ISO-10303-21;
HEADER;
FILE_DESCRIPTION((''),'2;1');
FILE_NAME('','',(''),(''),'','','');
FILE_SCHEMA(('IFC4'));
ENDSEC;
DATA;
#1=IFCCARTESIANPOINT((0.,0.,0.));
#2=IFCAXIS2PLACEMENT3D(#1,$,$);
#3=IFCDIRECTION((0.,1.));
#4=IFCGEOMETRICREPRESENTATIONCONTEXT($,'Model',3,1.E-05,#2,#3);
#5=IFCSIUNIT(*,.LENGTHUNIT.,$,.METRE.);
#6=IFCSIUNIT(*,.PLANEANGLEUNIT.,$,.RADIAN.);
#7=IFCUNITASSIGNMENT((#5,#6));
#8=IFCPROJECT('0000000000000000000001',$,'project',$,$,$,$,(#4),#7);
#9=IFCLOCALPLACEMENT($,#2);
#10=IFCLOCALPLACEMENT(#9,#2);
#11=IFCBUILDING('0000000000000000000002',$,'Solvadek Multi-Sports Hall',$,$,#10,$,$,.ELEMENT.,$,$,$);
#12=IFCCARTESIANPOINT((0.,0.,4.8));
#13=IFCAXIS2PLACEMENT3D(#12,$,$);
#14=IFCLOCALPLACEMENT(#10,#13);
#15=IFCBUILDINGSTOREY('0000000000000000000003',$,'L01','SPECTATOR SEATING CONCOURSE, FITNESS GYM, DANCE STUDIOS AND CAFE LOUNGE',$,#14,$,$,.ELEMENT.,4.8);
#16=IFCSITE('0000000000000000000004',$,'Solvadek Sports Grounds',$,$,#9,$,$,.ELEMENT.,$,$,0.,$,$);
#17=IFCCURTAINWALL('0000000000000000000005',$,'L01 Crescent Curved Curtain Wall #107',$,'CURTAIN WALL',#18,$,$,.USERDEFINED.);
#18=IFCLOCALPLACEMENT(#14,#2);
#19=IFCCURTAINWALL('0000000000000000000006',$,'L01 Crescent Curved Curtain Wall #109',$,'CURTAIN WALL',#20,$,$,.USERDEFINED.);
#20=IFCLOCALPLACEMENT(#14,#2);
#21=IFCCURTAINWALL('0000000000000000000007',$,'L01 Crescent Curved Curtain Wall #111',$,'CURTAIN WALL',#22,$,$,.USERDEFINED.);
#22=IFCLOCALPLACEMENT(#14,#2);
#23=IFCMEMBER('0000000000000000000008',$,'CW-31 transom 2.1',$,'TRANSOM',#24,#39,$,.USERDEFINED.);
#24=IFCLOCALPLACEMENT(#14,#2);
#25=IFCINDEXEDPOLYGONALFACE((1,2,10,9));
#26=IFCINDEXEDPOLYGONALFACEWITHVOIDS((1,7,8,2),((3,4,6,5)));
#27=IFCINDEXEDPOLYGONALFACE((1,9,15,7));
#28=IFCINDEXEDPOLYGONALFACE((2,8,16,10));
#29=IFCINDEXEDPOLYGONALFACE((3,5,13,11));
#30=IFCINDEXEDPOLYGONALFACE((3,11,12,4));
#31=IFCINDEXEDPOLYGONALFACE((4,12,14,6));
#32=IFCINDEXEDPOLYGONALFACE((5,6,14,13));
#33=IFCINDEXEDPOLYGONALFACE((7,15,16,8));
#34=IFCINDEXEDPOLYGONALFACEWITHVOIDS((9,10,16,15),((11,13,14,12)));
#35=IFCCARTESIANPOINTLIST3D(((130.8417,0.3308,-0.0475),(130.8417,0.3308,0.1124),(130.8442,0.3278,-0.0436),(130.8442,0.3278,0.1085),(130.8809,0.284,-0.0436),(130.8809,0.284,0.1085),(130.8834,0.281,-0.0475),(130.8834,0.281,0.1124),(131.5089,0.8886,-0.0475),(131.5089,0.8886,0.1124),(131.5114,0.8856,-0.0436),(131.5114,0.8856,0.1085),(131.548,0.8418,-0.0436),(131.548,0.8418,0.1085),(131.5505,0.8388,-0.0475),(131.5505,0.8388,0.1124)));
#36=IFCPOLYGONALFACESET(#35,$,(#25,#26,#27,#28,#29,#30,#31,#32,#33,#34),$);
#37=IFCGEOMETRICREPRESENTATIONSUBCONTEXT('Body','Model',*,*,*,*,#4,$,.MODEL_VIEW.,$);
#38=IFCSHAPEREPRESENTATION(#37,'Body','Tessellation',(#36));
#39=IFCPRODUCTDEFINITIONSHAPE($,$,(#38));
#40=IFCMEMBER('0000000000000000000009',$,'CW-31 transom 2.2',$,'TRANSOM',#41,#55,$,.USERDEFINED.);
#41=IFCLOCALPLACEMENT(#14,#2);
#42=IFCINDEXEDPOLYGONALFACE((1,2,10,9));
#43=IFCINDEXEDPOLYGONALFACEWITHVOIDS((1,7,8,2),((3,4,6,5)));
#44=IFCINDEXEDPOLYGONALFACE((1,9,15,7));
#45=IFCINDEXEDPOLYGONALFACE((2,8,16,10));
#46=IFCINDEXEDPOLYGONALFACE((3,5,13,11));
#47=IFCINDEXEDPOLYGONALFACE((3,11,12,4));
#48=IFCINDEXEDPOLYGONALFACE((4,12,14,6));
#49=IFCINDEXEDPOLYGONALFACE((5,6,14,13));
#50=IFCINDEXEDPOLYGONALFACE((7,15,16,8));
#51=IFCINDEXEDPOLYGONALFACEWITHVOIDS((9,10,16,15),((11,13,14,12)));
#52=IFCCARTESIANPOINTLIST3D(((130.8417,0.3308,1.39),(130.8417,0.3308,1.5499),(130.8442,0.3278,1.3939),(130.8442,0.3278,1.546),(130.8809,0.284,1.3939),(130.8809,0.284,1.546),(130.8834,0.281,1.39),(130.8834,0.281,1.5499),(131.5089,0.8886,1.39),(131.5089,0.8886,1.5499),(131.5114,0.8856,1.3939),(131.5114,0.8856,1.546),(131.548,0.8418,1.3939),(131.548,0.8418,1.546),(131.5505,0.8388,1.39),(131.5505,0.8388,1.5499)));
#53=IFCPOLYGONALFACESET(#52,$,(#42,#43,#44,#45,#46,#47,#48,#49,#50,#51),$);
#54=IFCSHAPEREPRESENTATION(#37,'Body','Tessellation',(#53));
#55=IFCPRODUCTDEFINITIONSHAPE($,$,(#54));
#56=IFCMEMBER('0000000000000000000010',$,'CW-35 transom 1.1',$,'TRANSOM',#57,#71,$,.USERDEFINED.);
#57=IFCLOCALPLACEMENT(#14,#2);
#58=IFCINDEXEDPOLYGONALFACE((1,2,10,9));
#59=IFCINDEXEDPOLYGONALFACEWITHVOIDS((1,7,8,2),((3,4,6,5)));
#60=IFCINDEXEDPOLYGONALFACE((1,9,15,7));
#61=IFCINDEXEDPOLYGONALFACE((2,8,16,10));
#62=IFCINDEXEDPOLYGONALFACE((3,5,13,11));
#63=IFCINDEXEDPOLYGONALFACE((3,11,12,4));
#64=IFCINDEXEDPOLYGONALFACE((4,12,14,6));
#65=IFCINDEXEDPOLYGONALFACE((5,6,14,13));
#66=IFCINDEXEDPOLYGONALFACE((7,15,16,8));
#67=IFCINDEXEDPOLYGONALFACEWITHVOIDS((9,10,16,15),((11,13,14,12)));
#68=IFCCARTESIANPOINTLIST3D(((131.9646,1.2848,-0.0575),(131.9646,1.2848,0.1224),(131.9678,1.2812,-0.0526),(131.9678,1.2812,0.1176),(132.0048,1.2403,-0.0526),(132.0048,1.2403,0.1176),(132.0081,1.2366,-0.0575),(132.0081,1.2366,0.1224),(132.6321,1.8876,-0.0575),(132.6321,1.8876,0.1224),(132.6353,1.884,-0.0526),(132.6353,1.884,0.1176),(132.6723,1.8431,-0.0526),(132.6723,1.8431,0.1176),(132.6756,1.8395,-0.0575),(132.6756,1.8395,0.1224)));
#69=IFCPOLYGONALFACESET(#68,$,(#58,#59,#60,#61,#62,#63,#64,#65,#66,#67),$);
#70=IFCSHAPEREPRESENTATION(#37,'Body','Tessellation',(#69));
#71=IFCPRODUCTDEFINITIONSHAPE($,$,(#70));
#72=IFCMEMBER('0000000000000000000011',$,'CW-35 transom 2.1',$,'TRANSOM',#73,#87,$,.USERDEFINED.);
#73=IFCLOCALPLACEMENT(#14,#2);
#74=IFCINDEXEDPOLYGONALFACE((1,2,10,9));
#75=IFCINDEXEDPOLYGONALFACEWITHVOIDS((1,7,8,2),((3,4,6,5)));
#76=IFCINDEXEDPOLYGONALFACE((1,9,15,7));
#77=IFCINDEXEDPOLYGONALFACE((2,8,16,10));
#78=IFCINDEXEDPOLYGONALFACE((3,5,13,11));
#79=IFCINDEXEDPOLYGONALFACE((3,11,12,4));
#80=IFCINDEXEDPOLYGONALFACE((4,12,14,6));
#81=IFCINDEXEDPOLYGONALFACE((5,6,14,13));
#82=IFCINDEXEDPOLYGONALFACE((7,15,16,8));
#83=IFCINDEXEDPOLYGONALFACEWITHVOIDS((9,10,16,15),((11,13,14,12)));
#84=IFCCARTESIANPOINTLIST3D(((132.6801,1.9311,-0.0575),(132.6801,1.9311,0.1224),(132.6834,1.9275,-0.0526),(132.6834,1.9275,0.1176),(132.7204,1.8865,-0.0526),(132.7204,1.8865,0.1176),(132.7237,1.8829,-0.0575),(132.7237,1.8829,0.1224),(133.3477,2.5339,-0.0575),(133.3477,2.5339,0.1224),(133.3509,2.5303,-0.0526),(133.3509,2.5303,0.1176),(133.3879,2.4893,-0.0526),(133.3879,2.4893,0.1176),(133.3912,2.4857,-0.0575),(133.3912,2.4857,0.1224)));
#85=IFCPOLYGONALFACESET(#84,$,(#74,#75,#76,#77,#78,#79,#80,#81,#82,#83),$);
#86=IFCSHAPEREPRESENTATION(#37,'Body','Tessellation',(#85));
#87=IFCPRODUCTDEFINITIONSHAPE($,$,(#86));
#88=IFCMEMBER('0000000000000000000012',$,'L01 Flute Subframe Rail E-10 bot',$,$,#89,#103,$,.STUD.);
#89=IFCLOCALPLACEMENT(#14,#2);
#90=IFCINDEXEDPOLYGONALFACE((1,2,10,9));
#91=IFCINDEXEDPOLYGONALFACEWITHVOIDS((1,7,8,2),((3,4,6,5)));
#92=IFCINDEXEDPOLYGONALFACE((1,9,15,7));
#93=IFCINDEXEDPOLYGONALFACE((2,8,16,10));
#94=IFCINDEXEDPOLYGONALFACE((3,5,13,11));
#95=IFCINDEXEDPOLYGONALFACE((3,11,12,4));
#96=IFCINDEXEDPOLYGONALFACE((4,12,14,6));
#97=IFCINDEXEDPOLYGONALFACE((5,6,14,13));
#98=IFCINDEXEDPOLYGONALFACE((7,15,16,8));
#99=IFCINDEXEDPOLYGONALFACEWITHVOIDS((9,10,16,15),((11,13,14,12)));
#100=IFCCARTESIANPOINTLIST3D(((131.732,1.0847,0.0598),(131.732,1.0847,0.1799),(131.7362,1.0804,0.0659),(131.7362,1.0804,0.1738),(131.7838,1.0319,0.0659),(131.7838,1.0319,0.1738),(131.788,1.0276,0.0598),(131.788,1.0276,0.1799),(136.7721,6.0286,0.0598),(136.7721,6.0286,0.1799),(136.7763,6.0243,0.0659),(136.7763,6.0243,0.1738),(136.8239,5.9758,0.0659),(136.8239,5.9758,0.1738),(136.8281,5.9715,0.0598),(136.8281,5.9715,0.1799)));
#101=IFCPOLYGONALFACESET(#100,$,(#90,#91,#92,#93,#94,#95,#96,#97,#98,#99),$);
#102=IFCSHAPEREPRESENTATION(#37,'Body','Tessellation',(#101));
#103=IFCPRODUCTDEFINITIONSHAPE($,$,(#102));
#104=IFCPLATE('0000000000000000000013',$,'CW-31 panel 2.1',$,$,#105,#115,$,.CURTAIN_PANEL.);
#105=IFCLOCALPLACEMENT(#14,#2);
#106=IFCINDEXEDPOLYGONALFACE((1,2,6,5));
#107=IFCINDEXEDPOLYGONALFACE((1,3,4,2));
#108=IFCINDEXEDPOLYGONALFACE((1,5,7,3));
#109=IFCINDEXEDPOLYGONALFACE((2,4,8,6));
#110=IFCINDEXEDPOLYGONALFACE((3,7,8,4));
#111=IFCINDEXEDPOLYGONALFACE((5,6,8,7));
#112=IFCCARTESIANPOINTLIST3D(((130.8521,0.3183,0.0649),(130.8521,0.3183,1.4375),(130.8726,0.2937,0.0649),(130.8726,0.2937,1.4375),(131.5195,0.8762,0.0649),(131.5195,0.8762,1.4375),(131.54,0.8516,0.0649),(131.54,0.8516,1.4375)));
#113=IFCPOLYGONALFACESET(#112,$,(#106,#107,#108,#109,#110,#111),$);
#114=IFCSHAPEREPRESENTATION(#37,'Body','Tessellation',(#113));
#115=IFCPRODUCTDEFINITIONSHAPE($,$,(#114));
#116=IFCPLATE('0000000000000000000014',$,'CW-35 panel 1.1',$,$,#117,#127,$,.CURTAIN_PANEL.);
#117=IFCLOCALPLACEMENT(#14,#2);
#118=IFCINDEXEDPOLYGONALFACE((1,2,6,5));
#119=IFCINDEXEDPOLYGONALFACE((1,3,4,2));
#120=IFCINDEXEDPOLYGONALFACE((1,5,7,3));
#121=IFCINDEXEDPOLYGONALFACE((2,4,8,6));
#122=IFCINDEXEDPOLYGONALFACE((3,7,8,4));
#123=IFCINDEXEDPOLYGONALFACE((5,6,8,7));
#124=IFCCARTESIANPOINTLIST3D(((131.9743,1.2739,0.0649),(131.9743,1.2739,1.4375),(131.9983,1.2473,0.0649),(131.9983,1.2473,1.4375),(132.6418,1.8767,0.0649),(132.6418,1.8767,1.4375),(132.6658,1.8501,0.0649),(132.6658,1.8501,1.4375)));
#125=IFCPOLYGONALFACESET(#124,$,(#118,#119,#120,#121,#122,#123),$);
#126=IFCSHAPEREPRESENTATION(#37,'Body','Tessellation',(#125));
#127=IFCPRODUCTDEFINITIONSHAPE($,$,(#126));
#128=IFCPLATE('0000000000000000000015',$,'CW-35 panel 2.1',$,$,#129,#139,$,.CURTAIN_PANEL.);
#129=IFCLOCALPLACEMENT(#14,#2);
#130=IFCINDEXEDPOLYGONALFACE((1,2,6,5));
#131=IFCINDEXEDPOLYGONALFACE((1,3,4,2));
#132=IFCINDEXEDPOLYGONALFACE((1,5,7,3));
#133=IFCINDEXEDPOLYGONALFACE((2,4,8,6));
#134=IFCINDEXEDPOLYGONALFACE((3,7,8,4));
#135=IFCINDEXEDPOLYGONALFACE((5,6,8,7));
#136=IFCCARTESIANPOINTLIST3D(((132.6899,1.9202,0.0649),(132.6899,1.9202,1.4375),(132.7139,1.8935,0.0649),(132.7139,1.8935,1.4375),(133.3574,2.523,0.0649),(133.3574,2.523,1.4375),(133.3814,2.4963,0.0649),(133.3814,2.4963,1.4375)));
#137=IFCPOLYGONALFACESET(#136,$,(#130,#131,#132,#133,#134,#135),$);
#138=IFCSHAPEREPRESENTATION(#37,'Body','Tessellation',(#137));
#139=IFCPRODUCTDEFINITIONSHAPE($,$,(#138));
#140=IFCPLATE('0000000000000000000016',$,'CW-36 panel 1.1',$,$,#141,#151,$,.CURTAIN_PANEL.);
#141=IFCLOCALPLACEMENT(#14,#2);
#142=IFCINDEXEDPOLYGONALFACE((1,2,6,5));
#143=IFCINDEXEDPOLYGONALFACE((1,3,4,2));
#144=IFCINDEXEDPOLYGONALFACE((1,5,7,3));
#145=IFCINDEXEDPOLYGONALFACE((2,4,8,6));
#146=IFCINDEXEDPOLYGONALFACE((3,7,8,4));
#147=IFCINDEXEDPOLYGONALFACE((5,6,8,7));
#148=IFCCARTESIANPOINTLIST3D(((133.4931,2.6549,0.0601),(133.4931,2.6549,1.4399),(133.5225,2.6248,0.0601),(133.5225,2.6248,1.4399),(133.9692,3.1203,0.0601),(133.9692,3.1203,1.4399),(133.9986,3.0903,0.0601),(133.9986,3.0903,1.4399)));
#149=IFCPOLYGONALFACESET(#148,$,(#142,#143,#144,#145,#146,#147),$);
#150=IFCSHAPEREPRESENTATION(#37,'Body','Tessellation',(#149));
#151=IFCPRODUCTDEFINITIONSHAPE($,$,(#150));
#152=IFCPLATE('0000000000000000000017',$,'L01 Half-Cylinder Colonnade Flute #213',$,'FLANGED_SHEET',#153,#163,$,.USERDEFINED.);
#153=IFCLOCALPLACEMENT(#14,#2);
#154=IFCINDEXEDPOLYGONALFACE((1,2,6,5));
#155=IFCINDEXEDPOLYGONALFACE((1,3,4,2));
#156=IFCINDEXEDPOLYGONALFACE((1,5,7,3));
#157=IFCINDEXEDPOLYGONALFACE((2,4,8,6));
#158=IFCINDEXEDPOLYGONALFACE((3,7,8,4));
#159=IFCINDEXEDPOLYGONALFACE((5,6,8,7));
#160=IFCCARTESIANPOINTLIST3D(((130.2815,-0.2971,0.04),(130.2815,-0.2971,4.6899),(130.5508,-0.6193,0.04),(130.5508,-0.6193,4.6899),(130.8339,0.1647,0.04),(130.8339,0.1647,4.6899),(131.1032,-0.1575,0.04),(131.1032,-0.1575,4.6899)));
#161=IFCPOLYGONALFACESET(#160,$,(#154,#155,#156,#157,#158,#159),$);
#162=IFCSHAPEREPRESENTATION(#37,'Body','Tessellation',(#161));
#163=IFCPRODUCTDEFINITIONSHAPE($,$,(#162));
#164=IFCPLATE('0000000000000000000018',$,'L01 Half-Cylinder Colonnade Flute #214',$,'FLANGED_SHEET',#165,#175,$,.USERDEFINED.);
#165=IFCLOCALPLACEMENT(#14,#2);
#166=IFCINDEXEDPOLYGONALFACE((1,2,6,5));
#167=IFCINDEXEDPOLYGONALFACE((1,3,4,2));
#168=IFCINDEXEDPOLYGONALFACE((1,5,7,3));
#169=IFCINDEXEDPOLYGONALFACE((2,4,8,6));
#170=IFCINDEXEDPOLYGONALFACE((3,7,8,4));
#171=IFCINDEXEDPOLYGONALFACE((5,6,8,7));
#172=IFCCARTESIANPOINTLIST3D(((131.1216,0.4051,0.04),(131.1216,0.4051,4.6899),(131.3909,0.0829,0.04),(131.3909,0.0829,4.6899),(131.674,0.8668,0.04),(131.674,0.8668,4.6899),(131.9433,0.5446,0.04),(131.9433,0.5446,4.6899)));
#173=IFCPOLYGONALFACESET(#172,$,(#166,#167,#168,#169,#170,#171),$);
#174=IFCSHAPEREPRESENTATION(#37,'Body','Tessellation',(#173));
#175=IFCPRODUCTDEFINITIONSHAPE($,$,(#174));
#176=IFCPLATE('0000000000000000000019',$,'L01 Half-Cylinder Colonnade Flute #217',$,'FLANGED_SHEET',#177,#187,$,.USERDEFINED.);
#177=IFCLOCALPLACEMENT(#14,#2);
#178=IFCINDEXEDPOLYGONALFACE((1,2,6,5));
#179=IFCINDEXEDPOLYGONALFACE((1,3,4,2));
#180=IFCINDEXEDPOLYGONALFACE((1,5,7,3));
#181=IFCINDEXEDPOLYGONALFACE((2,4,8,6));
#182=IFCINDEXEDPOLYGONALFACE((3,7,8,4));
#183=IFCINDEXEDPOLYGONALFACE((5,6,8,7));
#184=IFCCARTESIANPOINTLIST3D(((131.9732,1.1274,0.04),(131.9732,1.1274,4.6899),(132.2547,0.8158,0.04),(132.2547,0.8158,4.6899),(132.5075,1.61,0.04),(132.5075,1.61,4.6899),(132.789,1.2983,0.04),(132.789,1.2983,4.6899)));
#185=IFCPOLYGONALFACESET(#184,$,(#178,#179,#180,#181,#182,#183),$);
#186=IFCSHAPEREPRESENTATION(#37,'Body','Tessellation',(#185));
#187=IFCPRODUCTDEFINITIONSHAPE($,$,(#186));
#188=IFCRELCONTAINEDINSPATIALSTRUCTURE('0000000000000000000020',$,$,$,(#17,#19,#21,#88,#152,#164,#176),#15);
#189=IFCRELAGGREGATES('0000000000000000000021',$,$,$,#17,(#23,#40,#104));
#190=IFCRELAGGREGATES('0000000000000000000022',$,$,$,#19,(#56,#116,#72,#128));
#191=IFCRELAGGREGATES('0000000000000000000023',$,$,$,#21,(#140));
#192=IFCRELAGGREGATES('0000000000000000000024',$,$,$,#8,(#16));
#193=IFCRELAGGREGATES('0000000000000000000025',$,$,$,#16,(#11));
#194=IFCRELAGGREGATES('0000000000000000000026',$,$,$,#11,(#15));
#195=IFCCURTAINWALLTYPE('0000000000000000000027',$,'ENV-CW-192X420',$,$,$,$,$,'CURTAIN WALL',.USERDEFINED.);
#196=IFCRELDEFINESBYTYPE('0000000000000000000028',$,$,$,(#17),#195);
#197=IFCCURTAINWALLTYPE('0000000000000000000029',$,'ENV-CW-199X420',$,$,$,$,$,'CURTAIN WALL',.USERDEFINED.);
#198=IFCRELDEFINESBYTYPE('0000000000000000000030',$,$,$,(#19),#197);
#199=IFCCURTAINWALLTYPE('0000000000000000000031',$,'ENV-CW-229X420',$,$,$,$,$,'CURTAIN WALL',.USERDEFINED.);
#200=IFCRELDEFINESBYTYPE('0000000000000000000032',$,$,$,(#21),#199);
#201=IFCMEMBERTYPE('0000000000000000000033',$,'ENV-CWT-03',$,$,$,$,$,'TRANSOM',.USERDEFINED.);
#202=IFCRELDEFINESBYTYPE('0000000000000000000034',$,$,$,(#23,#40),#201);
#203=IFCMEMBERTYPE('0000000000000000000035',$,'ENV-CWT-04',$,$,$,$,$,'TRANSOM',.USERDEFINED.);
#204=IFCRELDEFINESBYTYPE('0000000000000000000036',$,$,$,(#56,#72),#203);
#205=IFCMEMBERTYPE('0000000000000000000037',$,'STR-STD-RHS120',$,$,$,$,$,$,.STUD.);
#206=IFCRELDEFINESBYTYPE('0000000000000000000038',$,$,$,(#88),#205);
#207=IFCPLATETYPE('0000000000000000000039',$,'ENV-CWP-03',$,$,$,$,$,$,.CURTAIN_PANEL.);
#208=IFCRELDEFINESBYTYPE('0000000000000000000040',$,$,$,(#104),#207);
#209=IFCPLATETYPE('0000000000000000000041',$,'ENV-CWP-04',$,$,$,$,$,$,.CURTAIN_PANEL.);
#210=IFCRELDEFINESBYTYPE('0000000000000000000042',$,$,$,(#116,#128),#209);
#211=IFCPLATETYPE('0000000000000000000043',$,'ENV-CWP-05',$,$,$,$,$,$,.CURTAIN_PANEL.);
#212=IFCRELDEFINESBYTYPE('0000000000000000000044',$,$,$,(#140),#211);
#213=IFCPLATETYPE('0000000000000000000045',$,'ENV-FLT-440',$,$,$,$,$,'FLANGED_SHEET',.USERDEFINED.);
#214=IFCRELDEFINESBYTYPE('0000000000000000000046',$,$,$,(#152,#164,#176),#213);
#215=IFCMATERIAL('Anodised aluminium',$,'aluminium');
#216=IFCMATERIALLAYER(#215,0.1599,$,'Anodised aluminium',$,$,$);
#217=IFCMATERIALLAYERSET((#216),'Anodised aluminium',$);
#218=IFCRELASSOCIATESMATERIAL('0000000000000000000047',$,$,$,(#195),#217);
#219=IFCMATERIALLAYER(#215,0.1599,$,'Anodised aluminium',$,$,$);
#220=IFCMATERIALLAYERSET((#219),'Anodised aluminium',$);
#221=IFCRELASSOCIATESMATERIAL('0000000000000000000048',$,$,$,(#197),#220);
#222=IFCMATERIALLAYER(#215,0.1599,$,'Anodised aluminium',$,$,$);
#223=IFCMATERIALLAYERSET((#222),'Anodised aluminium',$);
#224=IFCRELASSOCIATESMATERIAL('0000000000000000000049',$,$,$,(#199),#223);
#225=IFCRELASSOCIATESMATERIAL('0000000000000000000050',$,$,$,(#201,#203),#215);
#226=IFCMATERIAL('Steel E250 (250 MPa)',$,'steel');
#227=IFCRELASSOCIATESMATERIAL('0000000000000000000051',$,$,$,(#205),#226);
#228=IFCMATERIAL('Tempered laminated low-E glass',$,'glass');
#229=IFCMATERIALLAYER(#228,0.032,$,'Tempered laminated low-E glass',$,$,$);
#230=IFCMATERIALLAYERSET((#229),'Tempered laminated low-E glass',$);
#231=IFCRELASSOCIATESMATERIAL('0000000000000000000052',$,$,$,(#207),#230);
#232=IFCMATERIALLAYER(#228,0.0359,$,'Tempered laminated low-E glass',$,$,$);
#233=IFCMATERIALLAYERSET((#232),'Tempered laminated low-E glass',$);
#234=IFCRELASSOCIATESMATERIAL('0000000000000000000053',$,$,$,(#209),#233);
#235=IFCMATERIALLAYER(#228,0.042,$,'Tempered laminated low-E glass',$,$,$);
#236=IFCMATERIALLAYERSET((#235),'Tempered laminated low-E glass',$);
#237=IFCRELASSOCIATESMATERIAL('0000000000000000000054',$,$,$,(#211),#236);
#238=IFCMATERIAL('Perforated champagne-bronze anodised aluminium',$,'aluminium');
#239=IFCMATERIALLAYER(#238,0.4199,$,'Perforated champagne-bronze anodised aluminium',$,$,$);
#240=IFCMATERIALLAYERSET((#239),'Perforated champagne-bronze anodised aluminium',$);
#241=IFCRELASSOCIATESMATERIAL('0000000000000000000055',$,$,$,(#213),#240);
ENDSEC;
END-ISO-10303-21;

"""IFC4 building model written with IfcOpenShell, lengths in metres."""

from ifc_helpers import new_model, si_unit, direction, frame, origin, origin_2d, place, context, subcontext, project, spatial, rectangle, hollow_rectangle, extrude, material, layer, layer_set, material_profile, profile_set, type_object, element, aggregate, save


model = new_model("IFC4")

# Units and contexts
model_context = context("Model", 3, precision=1e-05, world=origin(), true_north=direction((0.0, 1.0)))
body_context = subcontext(model_context, "Body", "Model", "MODEL_VIEW")
ifc_project = project(units=[si_unit("LENGTHUNIT", "METRE"), si_unit("PLANEANGLEUNIT", "RADIAN")], contexts=[model_context])

# Site, building, storey
site_placement = place(None, origin())
site = spatial("IfcSite", under=ifc_project, at=site_placement, Name="Solvadek Sports Grounds", CompositionType="ELEMENT", RefElevation=0.0)
building_placement = place(site_placement, origin())
building = spatial("IfcBuilding", under=site, at=building_placement, Name="Solvadek Multi-Sports Hall", CompositionType="ELEMENT")
storey_placement = place(building_placement, frame((0.0, 0.0, 4.8)))
storey = spatial("IfcBuildingStorey", under=building, at=storey_placement, Name="L01", Description="SPECTATOR SEATING CONCOURSE, FITNESS GYM, DANCE STUDIOS AND CAFE LOUNGE", CompositionType="ELEMENT", Elevation=4.8)

# Curtain walls
ifc_material_1 = material(Name="Anodised aluminium", Category="aluminium")
ifc_layer_1 = layer(ifc_material_1, 0.1599, Name="Anodised aluminium")
ifc_layer_set_1 = layer_set([ifc_layer_1], Name="Anodised aluminium")
curtain_wall_type_1 = type_object("IfcCurtainWallType", Name="ENV-CW-192X420", ElementType="CURTAIN WALL", PredefinedType="USERDEFINED", material=ifc_layer_set_1)
curtain_wall_1_placement = place(storey_placement, origin())
curtain_wall_1 = element("IfcCurtainWall", 1, at=curtain_wall_1_placement, inside=storey, type_object=curtain_wall_type_1, Name="L01 Crescent Curved Curtain Wall #107", ObjectType="CURTAIN WALL", PredefinedType="USERDEFINED")
ifc_layer_2 = layer(ifc_material_1, 0.1599, Name="Anodised aluminium")
ifc_layer_set_2 = layer_set([ifc_layer_2], Name="Anodised aluminium")
curtain_wall_type_2 = type_object("IfcCurtainWallType", Name="ENV-CW-199X420", ElementType="CURTAIN WALL", PredefinedType="USERDEFINED", material=ifc_layer_set_2)
curtain_wall_2_placement = place(storey_placement, origin())
curtain_wall_2 = element("IfcCurtainWall", 2, at=curtain_wall_2_placement, inside=storey, type_object=curtain_wall_type_2, Name="L01 Crescent Curved Curtain Wall #109", ObjectType="CURTAIN WALL", PredefinedType="USERDEFINED")
ifc_layer_3 = layer(ifc_material_1, 0.1599, Name="Anodised aluminium")
ifc_layer_set_3 = layer_set([ifc_layer_3], Name="Anodised aluminium")
curtain_wall_type_3 = type_object("IfcCurtainWallType", Name="ENV-CW-229X420", ElementType="CURTAIN WALL", PredefinedType="USERDEFINED", material=ifc_layer_set_3)
curtain_wall_3_placement = place(storey_placement, origin())
curtain_wall_3 = element("IfcCurtainWall", 3, at=curtain_wall_3_placement, inside=storey, type_object=curtain_wall_type_3, Name="L01 Crescent Curved Curtain Wall #111", ObjectType="CURTAIN WALL", PredefinedType="USERDEFINED")

# Members
ifc_material_profile_1 = material_profile(ifc_material_1, hollow_rectangle(XDim=0.0649, YDim=0.1599, WallThickness=0.0039, at=origin_2d()), Name="ALU-T 160x65x4")
ifc_profile_set_1 = profile_set([ifc_material_profile_1], Name="Anodised aluminium")
member_type_1 = type_object("IfcMemberType", Name="ENV-CWT-03", ElementType="TRANSOM", PredefinedType="USERDEFINED", material=ifc_profile_set_1)
member_1_placement = place(storey_placement, frame((130.8625, 0.3059, 0.0325), z_axis=(0.767185, 0.641426, 0.0), x_axis=(-0.641426, 0.767185, 0.0)))
member_1 = element("IfcMember", 4, at=member_1_placement, type_object=member_type_1, Name="CW-31 transom 2.1", ObjectType="TRANSOM", PredefinedType="USERDEFINED", context=body_context, shape_type="SweptSolid", body=[
    extrude(hollow_rectangle(XDim=0.0649, YDim=0.1599, WallThickness=0.0039, at=origin_2d()), origin(), (0.0, 0.0, 1.0), 0.8696),
])
member_2_placement = place(storey_placement, frame((130.8625, 0.3059, 1.47), z_axis=(0.767185, 0.641426, 0.0), x_axis=(-0.641426, 0.767185, 0.0)))
member_2 = element("IfcMember", 5, at=member_2_placement, type_object=member_type_1, Name="CW-31 transom 2.2", ObjectType="TRANSOM", PredefinedType="USERDEFINED", context=body_context, shape_type="SweptSolid", body=[
    extrude(hollow_rectangle(XDim=0.0649, YDim=0.1599, WallThickness=0.0039, at=origin_2d()), origin(), (0.0, 0.0, 1.0), 0.8696),
])
ifc_material_profile_2 = material_profile(ifc_material_1, hollow_rectangle(XDim=0.0649, YDim=0.1799, WallThickness=0.0049, at=origin_2d()), Name="ALU-T 180x65x5")
ifc_profile_set_2 = profile_set([ifc_material_profile_2], Name="Anodised aluminium")
member_type_2 = type_object("IfcMemberType", Name="ENV-CWT-04", ElementType="TRANSOM", PredefinedType="USERDEFINED", material=ifc_profile_set_2)
member_3_placement = place(storey_placement, frame((131.9863, 1.2607, 0.0325), z_axis=(0.742159, 0.670224, 0.0), x_axis=(-0.670224, 0.742159, 0.0)))
member_3 = element("IfcMember", 6, at=member_3_placement, type_object=member_type_2, Name="CW-35 transom 1.1", ObjectType="TRANSOM", PredefinedType="USERDEFINED", context=body_context, shape_type="SweptSolid", body=[
    extrude(hollow_rectangle(XDim=0.0649, YDim=0.1799, WallThickness=0.0049, at=origin_2d()), origin(), (0.0, 0.0, 1.0), 0.8994),
])
member_4_placement = place(storey_placement, frame((132.7019, 1.907, 0.0325), z_axis=(0.742159, 0.670224, 0.0), x_axis=(-0.670224, 0.742159, 0.0)))
member_4 = element("IfcMember", 7, at=member_4_placement, type_object=member_type_2, Name="CW-35 transom 2.1", ObjectType="TRANSOM", PredefinedType="USERDEFINED", context=body_context, shape_type="SweptSolid", body=[
    extrude(hollow_rectangle(XDim=0.0649, YDim=0.1799, WallThickness=0.0049, at=origin_2d()), origin(), (0.0, 0.0, 1.0), 0.8994),
])
ifc_material_2 = material(Name="Steel E250 (250 MPa)", Category="steel")
ifc_material_profile_3 = material_profile(ifc_material_2, hollow_rectangle(XDim=0.0801, YDim=0.1201, WallThickness=0.0061, at=origin_2d()), Name="RHS 120x80x6")
ifc_profile_set_3 = profile_set([ifc_material_profile_3], Name="Steel E250 (250 MPa)")
member_type_3 = type_object("IfcMemberType", Name="STR-STD-RHS120", PredefinedType="STUD", material=ifc_profile_set_3)
member_5_placement = place(storey_placement, frame((131.76, 1.0562, 0.1199), z_axis=(0.713886, 0.700262, 0.0), x_axis=(-0.700262, 0.713886, 0.0)))
element("IfcMember", 8, at=member_5_placement, inside=storey, type_object=member_type_3, Name="L01 Flute Subframe Rail E-10 bot", PredefinedType="STUD", context=body_context, shape_type="SweptSolid", body=[
    extrude(hollow_rectangle(XDim=0.0801, YDim=0.1201, WallThickness=0.0061, at=origin_2d()), origin(), (0.0, 0.0, 1.0), 7.0601),
])

# Plates
ifc_material_3 = material(Name="Tempered laminated low-E glass", Category="glass")
ifc_layer_4 = layer(ifc_material_3, 0.032, Name="Tempered laminated low-E glass")
ifc_layer_set_4 = layer_set([ifc_layer_4], Name="Tempered laminated low-E glass")
plate_type_1 = type_object("IfcPlateType", Name="ENV-CWP-03", PredefinedType="CURTAIN_PANEL", material=ifc_layer_set_4)
plate_1_placement = place(storey_placement, frame((131.196, 0.585, 0.0649), z_axis=(0.0, 0.0, 1.0), x_axis=(0.767251, 0.641347, 0.0)))
plate_1 = element("IfcPlate", 9, at=plate_1_placement, type_object=plate_type_1, Name="CW-31 panel 2.1", PredefinedType="CURTAIN_PANEL", context=body_context, shape_type="SweptSolid", body=[
    extrude(rectangle(XDim=0.8699, YDim=0.032, at=origin_2d()), origin(), (0.0, 0.0, 1.0), 1.3726),
])
aggregate(curtain_wall_1, [member_1, member_2, plate_1])
ifc_layer_5 = layer(ifc_material_3, 0.0359, Name="Tempered laminated low-E glass")
ifc_layer_set_5 = layer_set([ifc_layer_5], Name="Tempered laminated low-E glass")
plate_type_2 = type_object("IfcPlateType", Name="ENV-CWP-04", PredefinedType="CURTAIN_PANEL", material=ifc_layer_set_5)
plate_2_placement = place(storey_placement, frame((132.3201, 1.562, 0.0649), z_axis=(0.0, 0.0, 1.0), x_axis=(0.742156, 0.670227, 0.0)))
plate_2 = element("IfcPlate", 10, at=plate_2_placement, type_object=plate_type_2, Name="CW-35 panel 1.1", PredefinedType="CURTAIN_PANEL", context=body_context, shape_type="SweptSolid", body=[
    extrude(rectangle(XDim=0.8994, YDim=0.0359, at=origin_2d()), origin(), (0.0, 0.0, 1.0), 1.3726),
])
plate_3_placement = place(storey_placement, frame((133.0356, 2.2083, 0.0649), z_axis=(0.0, 0.0, 1.0), x_axis=(0.742156, 0.670227, 0.0)))
plate_3 = element("IfcPlate", 11, at=plate_3_placement, type_object=plate_type_2, Name="CW-35 panel 2.1", PredefinedType="CURTAIN_PANEL", context=body_context, shape_type="SweptSolid", body=[
    extrude(rectangle(XDim=0.8994, YDim=0.0359, at=origin_2d()), origin(), (0.0, 0.0, 1.0), 1.3726),
])
aggregate(curtain_wall_2, [member_3, plate_2, member_4, plate_3])
ifc_layer_6 = layer(ifc_material_3, 0.042, Name="Tempered laminated low-E glass")
ifc_layer_set_6 = layer_set([ifc_layer_6], Name="Tempered laminated low-E glass")
plate_type_3 = type_object("IfcPlateType", Name="ENV-CWP-05", PredefinedType="CURTAIN_PANEL", material=ifc_layer_set_6)
plate_4_placement = place(storey_placement, frame((133.7458, 2.8726, 0.0601), z_axis=(0.0, 0.0, 1.0), x_axis=(0.715032, 0.699091, 0.0)))
plate_4 = element("IfcPlate", 12, at=plate_4_placement, type_object=plate_type_3, Name="CW-36 panel 1.1", PredefinedType="CURTAIN_PANEL", context=body_context, shape_type="SweptSolid", body=[
    extrude(rectangle(XDim=0.6658, YDim=0.042, at=origin_2d()), origin(), (0.0, 0.0, 1.0), 1.3799),
])
aggregate(curtain_wall_3, [plate_4])

# Plates
ifc_material_4 = material(Name="Perforated champagne-bronze anodised aluminium", Category="aluminium")
ifc_layer_7 = layer(ifc_material_4, 0.4199, Name="Perforated champagne-bronze anodised aluminium")
ifc_layer_set_7 = layer_set([ifc_layer_7], Name="Perforated champagne-bronze anodised aluminium")
plate_type_4 = type_object("IfcPlateType", Name="ENV-FLT-440", ElementType="FLANGED_SHEET", PredefinedType="USERDEFINED", material=ifc_layer_set_7)
for number, where, z_axis, x_axis, name in (
    (13, (130.6924, -0.2273, 0.04), (0.0, 0.0, 1.0), (0.767255, 0.641343, 0.0), "L01 Half-Cylinder Colonnade Flute #213"),
    (14, (131.5325, 0.4749, 0.04), (0.0, 0.0, 1.0), (0.767255, 0.641343, 0.0), "L01 Half-Cylinder Colonnade Flute #214"),
    (15, (132.3811, 1.2129, 0.04), (0.0, 0.0, 1.0), (0.742151, 0.670233, 0.0), "L01 Half-Cylinder Colonnade Flute #217"),
):
    element("IfcPlate", number, at=place(storey_placement, frame(where, z_axis=z_axis, x_axis=x_axis)), inside=storey, type_object=plate_type_4, Name=name, ObjectType="FLANGED_SHEET", PredefinedType="USERDEFINED", context=body_context, shape_type="SweptSolid", body=[
        extrude(rectangle(XDim=0.72, YDim=0.4199, at=origin_2d()), origin(), (0.0, 0.0, 1.0), 4.6499),
    ])

save(model, "model.ifc")
